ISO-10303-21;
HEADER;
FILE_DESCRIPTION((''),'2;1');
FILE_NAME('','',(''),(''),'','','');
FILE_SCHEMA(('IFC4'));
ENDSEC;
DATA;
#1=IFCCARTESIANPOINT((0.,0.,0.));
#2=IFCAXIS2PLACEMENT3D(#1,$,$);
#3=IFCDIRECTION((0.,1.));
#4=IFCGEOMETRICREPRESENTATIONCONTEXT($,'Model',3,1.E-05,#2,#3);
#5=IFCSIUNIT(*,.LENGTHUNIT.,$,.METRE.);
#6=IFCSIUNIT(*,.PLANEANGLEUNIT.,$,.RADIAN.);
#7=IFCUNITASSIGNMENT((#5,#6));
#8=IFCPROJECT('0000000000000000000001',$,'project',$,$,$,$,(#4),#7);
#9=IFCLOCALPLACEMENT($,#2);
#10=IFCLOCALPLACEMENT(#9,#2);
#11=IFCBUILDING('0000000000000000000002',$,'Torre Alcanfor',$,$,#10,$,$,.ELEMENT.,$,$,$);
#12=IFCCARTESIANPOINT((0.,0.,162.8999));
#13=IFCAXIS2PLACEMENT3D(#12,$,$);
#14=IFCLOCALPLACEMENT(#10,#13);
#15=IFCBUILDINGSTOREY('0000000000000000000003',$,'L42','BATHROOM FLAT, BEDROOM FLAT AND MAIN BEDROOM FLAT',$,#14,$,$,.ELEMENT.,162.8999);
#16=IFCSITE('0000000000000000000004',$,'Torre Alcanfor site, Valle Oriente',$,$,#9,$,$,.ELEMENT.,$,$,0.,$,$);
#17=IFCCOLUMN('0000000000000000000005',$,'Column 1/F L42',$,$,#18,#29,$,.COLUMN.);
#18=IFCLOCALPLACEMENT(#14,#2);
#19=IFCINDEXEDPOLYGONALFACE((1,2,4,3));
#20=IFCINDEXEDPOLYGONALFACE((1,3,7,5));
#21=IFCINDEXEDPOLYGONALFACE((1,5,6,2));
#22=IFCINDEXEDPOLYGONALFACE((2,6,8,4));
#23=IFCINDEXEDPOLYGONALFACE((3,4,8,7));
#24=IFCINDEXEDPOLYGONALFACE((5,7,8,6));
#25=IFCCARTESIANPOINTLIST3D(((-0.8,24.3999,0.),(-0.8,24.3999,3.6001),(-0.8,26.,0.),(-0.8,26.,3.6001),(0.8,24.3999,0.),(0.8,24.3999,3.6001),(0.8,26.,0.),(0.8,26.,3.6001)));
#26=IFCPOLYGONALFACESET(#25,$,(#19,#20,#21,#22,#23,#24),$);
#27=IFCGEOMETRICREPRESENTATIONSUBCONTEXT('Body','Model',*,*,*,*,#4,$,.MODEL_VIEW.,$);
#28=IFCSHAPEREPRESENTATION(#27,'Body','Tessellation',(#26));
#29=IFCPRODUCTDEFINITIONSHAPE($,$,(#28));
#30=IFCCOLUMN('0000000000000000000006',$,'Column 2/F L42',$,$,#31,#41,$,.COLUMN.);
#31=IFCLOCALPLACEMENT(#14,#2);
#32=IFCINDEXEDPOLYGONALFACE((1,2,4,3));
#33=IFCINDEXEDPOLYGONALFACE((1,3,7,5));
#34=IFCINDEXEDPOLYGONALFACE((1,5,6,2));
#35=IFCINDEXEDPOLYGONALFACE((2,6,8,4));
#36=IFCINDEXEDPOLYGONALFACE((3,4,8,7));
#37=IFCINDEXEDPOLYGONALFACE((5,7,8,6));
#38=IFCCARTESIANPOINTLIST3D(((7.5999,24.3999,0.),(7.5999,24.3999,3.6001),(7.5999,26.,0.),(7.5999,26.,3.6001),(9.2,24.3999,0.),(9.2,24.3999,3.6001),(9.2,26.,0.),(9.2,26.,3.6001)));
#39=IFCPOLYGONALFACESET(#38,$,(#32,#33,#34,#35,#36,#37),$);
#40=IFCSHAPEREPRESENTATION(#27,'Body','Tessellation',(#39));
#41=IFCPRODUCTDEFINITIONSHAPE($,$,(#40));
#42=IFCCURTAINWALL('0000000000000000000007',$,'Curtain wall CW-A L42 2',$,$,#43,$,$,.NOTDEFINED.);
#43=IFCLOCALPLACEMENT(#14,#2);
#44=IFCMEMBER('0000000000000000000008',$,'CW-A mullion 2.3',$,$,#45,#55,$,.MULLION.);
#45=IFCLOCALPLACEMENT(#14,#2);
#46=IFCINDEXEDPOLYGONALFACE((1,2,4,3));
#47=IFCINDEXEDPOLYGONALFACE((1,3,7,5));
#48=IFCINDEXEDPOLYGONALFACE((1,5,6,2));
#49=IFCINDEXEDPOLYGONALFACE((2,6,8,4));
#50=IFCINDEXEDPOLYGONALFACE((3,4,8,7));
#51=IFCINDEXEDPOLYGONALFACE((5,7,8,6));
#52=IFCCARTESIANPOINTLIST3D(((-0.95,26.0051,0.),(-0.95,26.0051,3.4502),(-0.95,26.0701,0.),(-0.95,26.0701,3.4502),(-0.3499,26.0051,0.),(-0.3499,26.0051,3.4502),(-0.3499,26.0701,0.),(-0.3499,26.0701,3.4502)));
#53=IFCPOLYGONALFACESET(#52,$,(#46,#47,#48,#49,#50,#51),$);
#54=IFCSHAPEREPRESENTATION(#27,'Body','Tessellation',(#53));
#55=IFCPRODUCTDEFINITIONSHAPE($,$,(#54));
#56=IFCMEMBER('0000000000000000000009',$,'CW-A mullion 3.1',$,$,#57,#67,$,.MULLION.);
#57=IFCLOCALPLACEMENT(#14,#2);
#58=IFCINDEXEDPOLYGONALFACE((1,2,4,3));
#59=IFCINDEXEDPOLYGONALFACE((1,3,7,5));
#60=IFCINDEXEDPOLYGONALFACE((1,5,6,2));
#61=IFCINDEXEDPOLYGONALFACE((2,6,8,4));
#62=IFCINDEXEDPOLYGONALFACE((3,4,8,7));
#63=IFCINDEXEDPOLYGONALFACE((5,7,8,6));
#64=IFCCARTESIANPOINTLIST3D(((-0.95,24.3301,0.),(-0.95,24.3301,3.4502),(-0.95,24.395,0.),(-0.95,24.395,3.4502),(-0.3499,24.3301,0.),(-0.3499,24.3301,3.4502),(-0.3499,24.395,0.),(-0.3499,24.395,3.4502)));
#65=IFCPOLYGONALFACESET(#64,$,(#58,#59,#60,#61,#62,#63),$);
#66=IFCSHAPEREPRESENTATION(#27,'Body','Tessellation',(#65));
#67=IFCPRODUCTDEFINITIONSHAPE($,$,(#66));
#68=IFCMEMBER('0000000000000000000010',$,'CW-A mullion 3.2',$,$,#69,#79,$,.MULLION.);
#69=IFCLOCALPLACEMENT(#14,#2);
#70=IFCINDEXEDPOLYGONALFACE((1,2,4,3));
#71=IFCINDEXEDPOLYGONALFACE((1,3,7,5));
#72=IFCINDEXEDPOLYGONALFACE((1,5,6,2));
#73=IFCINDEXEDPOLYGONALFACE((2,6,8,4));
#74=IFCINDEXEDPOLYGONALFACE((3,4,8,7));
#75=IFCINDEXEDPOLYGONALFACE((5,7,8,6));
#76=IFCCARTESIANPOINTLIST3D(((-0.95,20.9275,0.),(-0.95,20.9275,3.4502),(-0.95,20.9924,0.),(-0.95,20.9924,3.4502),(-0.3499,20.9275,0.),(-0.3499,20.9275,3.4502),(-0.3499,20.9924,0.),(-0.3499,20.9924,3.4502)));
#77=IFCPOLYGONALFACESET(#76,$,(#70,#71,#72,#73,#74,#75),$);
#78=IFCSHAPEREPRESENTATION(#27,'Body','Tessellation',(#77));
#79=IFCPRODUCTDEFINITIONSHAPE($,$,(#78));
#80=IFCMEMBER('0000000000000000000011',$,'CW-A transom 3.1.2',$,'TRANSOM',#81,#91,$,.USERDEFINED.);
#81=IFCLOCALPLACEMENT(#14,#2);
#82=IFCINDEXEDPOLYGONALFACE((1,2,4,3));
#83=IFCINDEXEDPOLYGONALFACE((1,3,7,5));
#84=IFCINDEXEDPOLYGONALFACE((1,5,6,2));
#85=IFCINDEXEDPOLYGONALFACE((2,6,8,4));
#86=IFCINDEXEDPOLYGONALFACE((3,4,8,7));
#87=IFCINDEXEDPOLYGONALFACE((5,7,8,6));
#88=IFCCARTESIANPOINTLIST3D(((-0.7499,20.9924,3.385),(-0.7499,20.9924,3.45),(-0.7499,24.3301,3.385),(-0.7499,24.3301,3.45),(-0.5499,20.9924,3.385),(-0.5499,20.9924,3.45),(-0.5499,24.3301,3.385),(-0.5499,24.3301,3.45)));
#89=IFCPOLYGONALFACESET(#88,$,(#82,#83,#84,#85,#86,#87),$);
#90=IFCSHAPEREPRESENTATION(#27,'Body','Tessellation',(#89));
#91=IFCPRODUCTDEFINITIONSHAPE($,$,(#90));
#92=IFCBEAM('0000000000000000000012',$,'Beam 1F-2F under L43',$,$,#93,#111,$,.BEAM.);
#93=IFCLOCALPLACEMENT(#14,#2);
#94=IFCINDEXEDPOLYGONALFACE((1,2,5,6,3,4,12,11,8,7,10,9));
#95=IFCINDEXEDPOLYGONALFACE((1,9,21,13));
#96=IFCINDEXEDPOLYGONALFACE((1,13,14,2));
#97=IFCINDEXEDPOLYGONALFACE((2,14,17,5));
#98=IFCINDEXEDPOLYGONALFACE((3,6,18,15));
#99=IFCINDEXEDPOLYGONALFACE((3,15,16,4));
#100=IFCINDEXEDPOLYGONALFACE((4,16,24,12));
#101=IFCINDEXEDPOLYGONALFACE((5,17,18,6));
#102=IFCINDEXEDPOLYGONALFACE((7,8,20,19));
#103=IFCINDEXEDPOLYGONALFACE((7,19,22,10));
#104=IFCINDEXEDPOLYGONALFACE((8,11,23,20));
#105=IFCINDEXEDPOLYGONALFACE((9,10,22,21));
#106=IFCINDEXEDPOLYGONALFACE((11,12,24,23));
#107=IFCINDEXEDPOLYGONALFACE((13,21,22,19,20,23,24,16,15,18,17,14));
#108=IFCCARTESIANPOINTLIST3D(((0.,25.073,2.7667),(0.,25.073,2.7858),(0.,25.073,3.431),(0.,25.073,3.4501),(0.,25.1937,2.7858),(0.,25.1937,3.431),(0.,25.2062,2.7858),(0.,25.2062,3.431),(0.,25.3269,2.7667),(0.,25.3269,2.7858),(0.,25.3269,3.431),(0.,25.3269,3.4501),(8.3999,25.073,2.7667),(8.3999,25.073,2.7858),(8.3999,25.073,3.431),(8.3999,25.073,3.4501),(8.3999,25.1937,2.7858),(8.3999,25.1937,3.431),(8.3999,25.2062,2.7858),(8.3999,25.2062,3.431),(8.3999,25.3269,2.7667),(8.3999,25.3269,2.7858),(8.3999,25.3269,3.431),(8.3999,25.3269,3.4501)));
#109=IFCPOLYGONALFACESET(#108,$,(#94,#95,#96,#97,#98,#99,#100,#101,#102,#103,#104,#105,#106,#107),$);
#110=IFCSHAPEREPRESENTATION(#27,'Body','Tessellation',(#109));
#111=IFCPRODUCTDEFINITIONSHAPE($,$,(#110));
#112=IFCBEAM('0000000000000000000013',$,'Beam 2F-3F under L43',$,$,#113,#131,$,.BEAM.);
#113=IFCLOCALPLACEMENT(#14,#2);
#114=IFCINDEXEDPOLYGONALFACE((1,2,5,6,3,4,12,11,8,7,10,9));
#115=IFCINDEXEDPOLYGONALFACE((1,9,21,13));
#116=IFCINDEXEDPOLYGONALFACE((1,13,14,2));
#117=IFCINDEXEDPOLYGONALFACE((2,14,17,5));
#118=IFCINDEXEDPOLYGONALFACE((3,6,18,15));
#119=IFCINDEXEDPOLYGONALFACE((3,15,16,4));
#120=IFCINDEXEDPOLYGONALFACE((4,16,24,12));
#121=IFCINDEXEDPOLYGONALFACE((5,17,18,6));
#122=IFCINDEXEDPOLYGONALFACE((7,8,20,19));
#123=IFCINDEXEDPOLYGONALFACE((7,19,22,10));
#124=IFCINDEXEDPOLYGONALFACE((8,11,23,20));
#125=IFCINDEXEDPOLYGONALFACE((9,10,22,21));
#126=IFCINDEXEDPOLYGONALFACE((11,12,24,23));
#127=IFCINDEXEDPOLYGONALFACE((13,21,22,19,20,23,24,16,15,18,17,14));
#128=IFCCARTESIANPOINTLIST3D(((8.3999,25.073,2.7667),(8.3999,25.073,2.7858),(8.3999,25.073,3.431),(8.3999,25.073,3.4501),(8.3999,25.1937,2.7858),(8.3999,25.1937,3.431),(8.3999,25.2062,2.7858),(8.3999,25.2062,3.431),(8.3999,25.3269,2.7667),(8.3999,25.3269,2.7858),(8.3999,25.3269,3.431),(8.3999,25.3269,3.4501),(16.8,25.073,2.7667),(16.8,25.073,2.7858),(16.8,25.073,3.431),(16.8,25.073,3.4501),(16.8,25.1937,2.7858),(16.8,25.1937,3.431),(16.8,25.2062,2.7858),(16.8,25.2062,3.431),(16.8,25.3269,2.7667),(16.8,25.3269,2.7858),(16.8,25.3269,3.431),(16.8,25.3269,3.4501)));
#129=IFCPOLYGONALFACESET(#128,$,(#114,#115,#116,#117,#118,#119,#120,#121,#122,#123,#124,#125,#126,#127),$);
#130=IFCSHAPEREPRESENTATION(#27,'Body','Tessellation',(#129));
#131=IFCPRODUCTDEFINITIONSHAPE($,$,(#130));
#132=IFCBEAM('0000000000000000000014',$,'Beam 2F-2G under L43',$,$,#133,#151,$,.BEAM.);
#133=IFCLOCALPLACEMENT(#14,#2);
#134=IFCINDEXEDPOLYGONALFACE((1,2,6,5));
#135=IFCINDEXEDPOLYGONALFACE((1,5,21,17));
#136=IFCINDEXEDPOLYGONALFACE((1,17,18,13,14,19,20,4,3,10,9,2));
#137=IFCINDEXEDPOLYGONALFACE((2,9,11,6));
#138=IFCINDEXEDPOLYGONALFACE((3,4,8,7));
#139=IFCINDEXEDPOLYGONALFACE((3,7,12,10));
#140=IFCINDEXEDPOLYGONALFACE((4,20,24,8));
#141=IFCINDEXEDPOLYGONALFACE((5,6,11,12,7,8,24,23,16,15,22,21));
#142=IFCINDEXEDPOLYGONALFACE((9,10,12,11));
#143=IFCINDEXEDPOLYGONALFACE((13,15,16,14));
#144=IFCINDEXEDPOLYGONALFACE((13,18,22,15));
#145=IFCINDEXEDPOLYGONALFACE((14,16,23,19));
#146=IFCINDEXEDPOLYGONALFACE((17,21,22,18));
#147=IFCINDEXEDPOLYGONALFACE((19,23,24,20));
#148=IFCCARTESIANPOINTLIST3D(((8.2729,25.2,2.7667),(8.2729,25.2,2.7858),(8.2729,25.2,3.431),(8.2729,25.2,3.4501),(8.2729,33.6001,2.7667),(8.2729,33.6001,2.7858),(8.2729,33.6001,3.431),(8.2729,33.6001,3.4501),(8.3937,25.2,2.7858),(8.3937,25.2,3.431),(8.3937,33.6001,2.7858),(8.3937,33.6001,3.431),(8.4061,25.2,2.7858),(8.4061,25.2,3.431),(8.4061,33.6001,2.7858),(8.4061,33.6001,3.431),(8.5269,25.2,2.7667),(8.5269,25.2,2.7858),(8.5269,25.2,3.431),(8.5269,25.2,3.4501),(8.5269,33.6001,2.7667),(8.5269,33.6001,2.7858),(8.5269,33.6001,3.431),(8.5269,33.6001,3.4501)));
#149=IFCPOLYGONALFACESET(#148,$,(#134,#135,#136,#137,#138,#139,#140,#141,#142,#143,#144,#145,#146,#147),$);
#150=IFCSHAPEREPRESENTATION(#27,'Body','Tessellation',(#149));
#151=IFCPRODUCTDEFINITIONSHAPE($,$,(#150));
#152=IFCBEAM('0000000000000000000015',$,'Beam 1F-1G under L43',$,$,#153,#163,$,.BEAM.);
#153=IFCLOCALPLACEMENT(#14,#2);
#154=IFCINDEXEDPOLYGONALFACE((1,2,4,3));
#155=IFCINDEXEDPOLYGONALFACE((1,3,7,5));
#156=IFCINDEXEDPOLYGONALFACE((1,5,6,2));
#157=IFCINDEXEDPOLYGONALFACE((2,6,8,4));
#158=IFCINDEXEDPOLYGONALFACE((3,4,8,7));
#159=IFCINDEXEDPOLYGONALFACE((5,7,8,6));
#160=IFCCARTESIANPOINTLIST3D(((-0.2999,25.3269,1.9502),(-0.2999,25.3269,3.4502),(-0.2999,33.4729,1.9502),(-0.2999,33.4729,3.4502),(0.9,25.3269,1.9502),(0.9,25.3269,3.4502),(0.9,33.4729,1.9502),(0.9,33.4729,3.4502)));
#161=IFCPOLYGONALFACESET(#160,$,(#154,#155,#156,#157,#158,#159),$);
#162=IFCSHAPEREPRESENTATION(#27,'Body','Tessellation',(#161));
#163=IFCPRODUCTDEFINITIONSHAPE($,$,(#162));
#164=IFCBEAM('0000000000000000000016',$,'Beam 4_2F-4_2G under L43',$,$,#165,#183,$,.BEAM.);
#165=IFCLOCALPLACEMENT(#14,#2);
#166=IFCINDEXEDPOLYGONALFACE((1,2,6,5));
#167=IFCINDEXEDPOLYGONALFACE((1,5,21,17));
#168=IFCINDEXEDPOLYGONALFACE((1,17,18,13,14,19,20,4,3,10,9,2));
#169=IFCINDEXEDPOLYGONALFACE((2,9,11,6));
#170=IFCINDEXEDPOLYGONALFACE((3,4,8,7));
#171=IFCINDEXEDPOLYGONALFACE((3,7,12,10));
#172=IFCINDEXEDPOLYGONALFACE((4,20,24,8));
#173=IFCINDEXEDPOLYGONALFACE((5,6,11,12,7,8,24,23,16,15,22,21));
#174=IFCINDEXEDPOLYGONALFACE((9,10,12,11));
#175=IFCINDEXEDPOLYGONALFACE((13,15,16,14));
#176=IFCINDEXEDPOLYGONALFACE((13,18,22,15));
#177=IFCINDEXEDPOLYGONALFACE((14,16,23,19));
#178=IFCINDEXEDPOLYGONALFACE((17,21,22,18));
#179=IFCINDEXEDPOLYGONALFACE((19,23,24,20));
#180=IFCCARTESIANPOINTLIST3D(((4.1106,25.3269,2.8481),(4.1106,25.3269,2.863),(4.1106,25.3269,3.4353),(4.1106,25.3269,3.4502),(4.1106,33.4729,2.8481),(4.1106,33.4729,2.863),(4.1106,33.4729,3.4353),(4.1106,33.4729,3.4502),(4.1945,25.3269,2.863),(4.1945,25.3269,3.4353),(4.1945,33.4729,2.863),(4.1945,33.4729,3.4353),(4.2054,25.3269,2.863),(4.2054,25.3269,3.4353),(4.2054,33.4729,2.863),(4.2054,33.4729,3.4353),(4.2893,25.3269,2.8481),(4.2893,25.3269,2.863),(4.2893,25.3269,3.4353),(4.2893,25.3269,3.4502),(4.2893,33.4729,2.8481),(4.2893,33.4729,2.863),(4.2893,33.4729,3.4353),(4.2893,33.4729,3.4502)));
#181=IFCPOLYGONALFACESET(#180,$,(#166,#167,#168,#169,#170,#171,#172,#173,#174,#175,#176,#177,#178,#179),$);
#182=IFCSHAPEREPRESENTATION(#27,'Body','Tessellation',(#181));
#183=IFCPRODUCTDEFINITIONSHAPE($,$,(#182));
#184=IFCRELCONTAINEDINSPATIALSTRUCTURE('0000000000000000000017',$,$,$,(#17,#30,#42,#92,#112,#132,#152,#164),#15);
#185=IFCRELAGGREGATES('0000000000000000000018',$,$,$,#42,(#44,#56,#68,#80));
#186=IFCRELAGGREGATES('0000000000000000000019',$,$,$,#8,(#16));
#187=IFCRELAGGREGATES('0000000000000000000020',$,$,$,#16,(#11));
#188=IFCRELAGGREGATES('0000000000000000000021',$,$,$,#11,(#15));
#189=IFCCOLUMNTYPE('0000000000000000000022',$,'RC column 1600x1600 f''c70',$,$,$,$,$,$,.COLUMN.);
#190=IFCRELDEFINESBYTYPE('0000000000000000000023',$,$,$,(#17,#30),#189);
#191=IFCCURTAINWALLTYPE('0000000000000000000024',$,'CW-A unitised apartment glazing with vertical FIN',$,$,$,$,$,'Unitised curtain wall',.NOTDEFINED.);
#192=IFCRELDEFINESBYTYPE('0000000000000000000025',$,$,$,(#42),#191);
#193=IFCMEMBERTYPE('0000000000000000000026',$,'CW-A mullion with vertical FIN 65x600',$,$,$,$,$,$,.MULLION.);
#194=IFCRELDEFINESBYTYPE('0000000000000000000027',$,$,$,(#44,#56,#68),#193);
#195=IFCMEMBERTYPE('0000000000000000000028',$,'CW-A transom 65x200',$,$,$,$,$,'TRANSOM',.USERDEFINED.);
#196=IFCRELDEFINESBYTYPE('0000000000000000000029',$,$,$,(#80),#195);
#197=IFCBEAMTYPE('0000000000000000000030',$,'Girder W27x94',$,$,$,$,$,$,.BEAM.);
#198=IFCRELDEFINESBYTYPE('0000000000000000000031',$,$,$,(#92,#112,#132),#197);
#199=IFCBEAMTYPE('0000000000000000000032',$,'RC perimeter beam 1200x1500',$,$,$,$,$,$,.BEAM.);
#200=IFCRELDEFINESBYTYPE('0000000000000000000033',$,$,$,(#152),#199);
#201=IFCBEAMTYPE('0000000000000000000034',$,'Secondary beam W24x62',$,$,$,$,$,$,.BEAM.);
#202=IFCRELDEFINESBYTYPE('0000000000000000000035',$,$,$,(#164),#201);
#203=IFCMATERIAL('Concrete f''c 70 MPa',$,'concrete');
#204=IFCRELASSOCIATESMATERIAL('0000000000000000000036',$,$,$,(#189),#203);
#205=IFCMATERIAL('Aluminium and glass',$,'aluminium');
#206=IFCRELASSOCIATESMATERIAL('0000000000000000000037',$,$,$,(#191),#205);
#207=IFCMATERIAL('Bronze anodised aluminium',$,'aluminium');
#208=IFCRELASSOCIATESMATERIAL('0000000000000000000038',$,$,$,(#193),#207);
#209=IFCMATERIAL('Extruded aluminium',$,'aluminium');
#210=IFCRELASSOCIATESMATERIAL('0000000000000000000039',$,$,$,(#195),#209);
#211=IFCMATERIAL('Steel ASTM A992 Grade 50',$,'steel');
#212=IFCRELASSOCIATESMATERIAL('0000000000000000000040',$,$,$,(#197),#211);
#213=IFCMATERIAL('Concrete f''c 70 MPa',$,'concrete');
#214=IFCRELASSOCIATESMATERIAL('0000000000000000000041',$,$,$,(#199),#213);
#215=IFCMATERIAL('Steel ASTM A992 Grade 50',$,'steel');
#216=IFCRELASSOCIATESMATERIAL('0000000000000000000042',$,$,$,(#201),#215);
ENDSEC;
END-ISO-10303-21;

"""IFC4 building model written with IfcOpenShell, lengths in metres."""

from ifc_helpers import new_model, si_unit, direction, frame, origin, origin_2d, place, context, subcontext, project, spatial, rectangle, i_section, extrude, material, material_profile, profile_set, type_object, element, aggregate, save


model = new_model("IFC4")

# Units and contexts
model_context = context("Model", 3, precision=1e-05, world=origin(), true_north=direction((0.0, 1.0)))
body_context = subcontext(model_context, "Body", "Model", "MODEL_VIEW")
ifc_project = project(units=[si_unit("LENGTHUNIT", "METRE"), si_unit("PLANEANGLEUNIT", "RADIAN")], contexts=[model_context])

# Site, building, storey
site_placement = place(None, origin())
site = spatial("IfcSite", under=ifc_project, at=site_placement, Name="Torre Alcanfor site, Valle Oriente", CompositionType="ELEMENT", RefElevation=0.0)
building_placement = place(site_placement, origin())
building = spatial("IfcBuilding", under=site, at=building_placement, Name="Torre Alcanfor", CompositionType="ELEMENT")
storey_placement = place(building_placement, frame((0.0, 0.0, 162.8999)))
storey = spatial("IfcBuildingStorey", under=building, at=storey_placement, Name="L42", Description="BATHROOM FLAT, BEDROOM FLAT AND MAIN BEDROOM FLAT", CompositionType="ELEMENT", Elevation=162.8999)

# Columns
ifc_material_1 = material(Name="Concrete f'c 70 MPa", Category="concrete")
ifc_material_profile_1 = material_profile(ifc_material_1, rectangle(XDim=1.6001, YDim=1.6001, at=origin_2d()), Name="1600x1600")
ifc_profile_set_1 = profile_set([ifc_material_profile_1], Name="Concrete f'c 70 MPa")
column_type = type_object("IfcColumnType", Name="RC column 1600x1600 f'c70", PredefinedType="COLUMN", material=ifc_profile_set_1)
for number, where, z_axis, x_axis, name in (
    (1, (0.0, 25.2, 0.0), (0.0, 0.0, 1.0), (1.0, 0.0, 0.0), "Column 1/F L42"),
    (2, (8.3999, 25.2, 0.0), (0.0, 0.0, 1.0), (1.0, 0.0, 0.0), "Column 2/F L42"),
):
    element("IfcColumn", number, at=place(storey_placement, frame(where, z_axis=z_axis, x_axis=x_axis)), inside=storey, type_object=column_type, Name=name, PredefinedType="COLUMN", context=body_context, shape_type="SweptSolid", body=[
        extrude(rectangle(XDim=1.6001, YDim=1.6001, at=origin_2d()), origin(), (0.0, 0.0, 1.0), 3.6001),
    ])

# Curtain wall, members
ifc_material_2 = material(Name="Aluminium and glass", Category="aluminium")
curtain_wall_type = type_object("IfcCurtainWallType", Name="CW-A unitised apartment glazing with vertical FIN", ElementType="Unitised curtain wall", PredefinedType="NOTDEFINED", material=ifc_material_2)
curtain_wall_placement = place(storey_placement, origin())
curtain_wall = element("IfcCurtainWall", 3, at=curtain_wall_placement, inside=storey, type_object=curtain_wall_type, Name="Curtain wall CW-A L42 2", PredefinedType="NOTDEFINED")
ifc_material_3 = material(Name="Bronze anodised aluminium", Category="aluminium")
ifc_material_profile_2 = material_profile(ifc_material_3, rectangle(XDim=0.6001, YDim=0.0649, at=origin_2d()), Name="CW-A mullion 65x600")
ifc_profile_set_2 = profile_set([ifc_material_profile_2], Name="Bronze anodised aluminium")
member_type_1 = type_object("IfcMemberType", Name="CW-A mullion with vertical FIN 65x600", PredefinedType="MULLION", material=ifc_profile_set_2)
member_1_placement = place(storey_placement, frame((-0.6499, 26.0376, 0.0), z_axis=(0.0, 0.0, 1.0), x_axis=(1.0, 0.0, 0.0)))
member_1 = element("IfcMember", 4, at=member_1_placement, type_object=member_type_1, Name="CW-A mullion 2.3", PredefinedType="MULLION", context=body_context, shape_type="SweptSolid", body=[
    extrude(rectangle(XDim=0.6001, YDim=0.0649, at=origin_2d()), origin(), (0.0, 0.0, 1.0), 3.4502),
])
member_2_placement = place(storey_placement, frame((-0.6499, 24.3625, 0.0), z_axis=(0.0, 0.0, 1.0), x_axis=(1.0, 0.0, 0.0)))
member_2 = element("IfcMember", 5, at=member_2_placement, type_object=member_type_1, Name="CW-A mullion 3.1", PredefinedType="MULLION", context=body_context, shape_type="SweptSolid", body=[
    extrude(rectangle(XDim=0.6001, YDim=0.0649, at=origin_2d()), origin(), (0.0, 0.0, 1.0), 3.4502),
])
member_3_placement = place(storey_placement, frame((-0.6499, 20.96, 0.0), z_axis=(0.0, 0.0, 1.0), x_axis=(1.0, 0.0, 0.0)))
member_3 = element("IfcMember", 6, at=member_3_placement, type_object=member_type_1, Name="CW-A mullion 3.2", PredefinedType="MULLION", context=body_context, shape_type="SweptSolid", body=[
    extrude(rectangle(XDim=0.6001, YDim=0.0649, at=origin_2d()), origin(), (0.0, 0.0, 1.0), 3.4502),
])
ifc_material_4 = material(Name="Extruded aluminium", Category="aluminium")
ifc_material_profile_3 = material_profile(ifc_material_4, rectangle(XDim=0.2, YDim=0.0649, at=origin_2d()), Name="CW-A transom 200x65")
ifc_profile_set_3 = profile_set([ifc_material_profile_3], Name="Extruded aluminium")
member_type_2 = type_object("IfcMemberType", Name="CW-A transom 65x200", ElementType="TRANSOM", PredefinedType="USERDEFINED", material=ifc_profile_set_3)
member_4_placement = place(storey_placement, frame((-0.6499, 24.3301, 3.4175), z_axis=(0.0, -1.0, 0.0), x_axis=(1.0, 0.0, 0.0)))
member_4 = element("IfcMember", 7, at=member_4_placement, type_object=member_type_2, Name="CW-A transom 3.1.2", ObjectType="TRANSOM", PredefinedType="USERDEFINED", context=body_context, shape_type="SweptSolid", body=[
    extrude(rectangle(XDim=0.2, YDim=0.0649, at=origin_2d()), origin(), (0.0, 0.0, 1.0), 3.3376),
])

# Beams
ifc_material_5 = material(Name="Steel ASTM A992 Grade 50", Category="steel")
ifc_material_profile_4 = material_profile(ifc_material_5, i_section(OverallWidth=0.2539, OverallDepth=0.6833, WebThickness=0.0125, FlangeThickness=0.019, at=origin_2d()), Name="W27x94")
ifc_profile_set_4 = profile_set([ifc_material_profile_4], Name="Steel ASTM A992 Grade 50")
beam_type_1 = type_object("IfcBeamType", Name="Girder W27x94", PredefinedType="BEAM", material=ifc_profile_set_4)
beam_1_placement = place(storey_placement, frame((0.0, 25.2, 3.1084), z_axis=(1.0, 0.0, 0.0), x_axis=(0.0, 1.0, 0.0)))
element("IfcBeam", 8, at=beam_1_placement, inside=storey, type_object=beam_type_1, Name="Beam 1F-2F under L43", PredefinedType="BEAM", context=body_context, shape_type="SweptSolid", body=[
    extrude(i_section(OverallWidth=0.2539, OverallDepth=0.6833, WebThickness=0.0125, FlangeThickness=0.019, at=origin_2d()), origin(), (0.0, 0.0, 1.0), 8.3999),
])
for number, where, z_axis, x_axis, name in (
    (9, (8.3999, 25.2, 3.1084), (1.0, 0.0, 0.0), (0.0, 1.0, 0.0), "Beam 2F-3F under L43"),
    (10, (8.3999, 25.2, 3.1084), (0.0, 1.0, 0.0), (-1.0, 0.0, 0.0), "Beam 2F-2G under L43"),
):
    element("IfcBeam", number, at=place(storey_placement, frame(where, z_axis=z_axis, x_axis=x_axis)), inside=storey, type_object=beam_type_1, Name=name, PredefinedType="BEAM", context=body_context, shape_type="SweptSolid", body=[
        extrude(i_section(OverallWidth=0.2539, OverallDepth=0.6833, WebThickness=0.0125, FlangeThickness=0.019, at=origin_2d()), origin(), (0.0, 0.0, 1.0), 8.4001),
    ])
ifc_material_6 = material(Name="Concrete f'c 70 MPa", Category="concrete")
ifc_material_profile_5 = material_profile(ifc_material_6, rectangle(XDim=1.2, YDim=1.5, at=origin_2d()), Name="1200x1500")
ifc_profile_set_5 = profile_set([ifc_material_profile_5], Name="Concrete f'c 70 MPa")
beam_type_2 = type_object("IfcBeamType", Name="RC perimeter beam 1200x1500", PredefinedType="BEAM", material=ifc_profile_set_5)
beam_2_placement = place(storey_placement, frame((0.3, 25.3269, 2.7002), z_axis=(0.0, 1.0, 0.0), x_axis=(-1.0, 0.0, 0.0)))
element("IfcBeam", 11, at=beam_2_placement, inside=storey, type_object=beam_type_2, Name="Beam 1F-1G under L43", PredefinedType="BEAM", context=body_context, shape_type="SweptSolid", body=[
    extrude(rectangle(XDim=1.2, YDim=1.5, at=origin_2d()), origin(), (0.0, 0.0, 1.0), 8.146),
])
ifc_material_7 = material(Name="Steel ASTM A992 Grade 50", Category="steel")
ifc_material_profile_6 = material_profile(ifc_material_7, i_section(OverallWidth=0.1787, OverallDepth=0.6021, WebThickness=0.011, FlangeThickness=0.0149, at=origin_2d()), Name="W24x62")
ifc_profile_set_6 = profile_set([ifc_material_profile_6], Name="Steel ASTM A992 Grade 50")
beam_type_3 = type_object("IfcBeamType", Name="Secondary beam W24x62", PredefinedType="BEAM", material=ifc_profile_set_6)
for number, where, z_axis, x_axis, name in (
    (12, (4.2, 25.3269, 3.1492), (0.0, 1.0, 0.0), (-1.0, 0.0, 0.0), "Beam 4_2F-4_2G under L43"),
):
    element("IfcBeam", number, at=place(storey_placement, frame(where, z_axis=z_axis, x_axis=x_axis)), inside=storey, type_object=beam_type_3, Name=name, PredefinedType="BEAM", context=body_context, shape_type="SweptSolid", body=[
        extrude(i_section(OverallWidth=0.1787, OverallDepth=0.6021, WebThickness=0.011, FlangeThickness=0.0149, at=origin_2d()), origin(), (0.0, 0.0, 1.0), 8.146),
    ])

aggregate(curtain_wall, [member_1, member_2, member_3, member_4])

save(model, "model.ifc")
